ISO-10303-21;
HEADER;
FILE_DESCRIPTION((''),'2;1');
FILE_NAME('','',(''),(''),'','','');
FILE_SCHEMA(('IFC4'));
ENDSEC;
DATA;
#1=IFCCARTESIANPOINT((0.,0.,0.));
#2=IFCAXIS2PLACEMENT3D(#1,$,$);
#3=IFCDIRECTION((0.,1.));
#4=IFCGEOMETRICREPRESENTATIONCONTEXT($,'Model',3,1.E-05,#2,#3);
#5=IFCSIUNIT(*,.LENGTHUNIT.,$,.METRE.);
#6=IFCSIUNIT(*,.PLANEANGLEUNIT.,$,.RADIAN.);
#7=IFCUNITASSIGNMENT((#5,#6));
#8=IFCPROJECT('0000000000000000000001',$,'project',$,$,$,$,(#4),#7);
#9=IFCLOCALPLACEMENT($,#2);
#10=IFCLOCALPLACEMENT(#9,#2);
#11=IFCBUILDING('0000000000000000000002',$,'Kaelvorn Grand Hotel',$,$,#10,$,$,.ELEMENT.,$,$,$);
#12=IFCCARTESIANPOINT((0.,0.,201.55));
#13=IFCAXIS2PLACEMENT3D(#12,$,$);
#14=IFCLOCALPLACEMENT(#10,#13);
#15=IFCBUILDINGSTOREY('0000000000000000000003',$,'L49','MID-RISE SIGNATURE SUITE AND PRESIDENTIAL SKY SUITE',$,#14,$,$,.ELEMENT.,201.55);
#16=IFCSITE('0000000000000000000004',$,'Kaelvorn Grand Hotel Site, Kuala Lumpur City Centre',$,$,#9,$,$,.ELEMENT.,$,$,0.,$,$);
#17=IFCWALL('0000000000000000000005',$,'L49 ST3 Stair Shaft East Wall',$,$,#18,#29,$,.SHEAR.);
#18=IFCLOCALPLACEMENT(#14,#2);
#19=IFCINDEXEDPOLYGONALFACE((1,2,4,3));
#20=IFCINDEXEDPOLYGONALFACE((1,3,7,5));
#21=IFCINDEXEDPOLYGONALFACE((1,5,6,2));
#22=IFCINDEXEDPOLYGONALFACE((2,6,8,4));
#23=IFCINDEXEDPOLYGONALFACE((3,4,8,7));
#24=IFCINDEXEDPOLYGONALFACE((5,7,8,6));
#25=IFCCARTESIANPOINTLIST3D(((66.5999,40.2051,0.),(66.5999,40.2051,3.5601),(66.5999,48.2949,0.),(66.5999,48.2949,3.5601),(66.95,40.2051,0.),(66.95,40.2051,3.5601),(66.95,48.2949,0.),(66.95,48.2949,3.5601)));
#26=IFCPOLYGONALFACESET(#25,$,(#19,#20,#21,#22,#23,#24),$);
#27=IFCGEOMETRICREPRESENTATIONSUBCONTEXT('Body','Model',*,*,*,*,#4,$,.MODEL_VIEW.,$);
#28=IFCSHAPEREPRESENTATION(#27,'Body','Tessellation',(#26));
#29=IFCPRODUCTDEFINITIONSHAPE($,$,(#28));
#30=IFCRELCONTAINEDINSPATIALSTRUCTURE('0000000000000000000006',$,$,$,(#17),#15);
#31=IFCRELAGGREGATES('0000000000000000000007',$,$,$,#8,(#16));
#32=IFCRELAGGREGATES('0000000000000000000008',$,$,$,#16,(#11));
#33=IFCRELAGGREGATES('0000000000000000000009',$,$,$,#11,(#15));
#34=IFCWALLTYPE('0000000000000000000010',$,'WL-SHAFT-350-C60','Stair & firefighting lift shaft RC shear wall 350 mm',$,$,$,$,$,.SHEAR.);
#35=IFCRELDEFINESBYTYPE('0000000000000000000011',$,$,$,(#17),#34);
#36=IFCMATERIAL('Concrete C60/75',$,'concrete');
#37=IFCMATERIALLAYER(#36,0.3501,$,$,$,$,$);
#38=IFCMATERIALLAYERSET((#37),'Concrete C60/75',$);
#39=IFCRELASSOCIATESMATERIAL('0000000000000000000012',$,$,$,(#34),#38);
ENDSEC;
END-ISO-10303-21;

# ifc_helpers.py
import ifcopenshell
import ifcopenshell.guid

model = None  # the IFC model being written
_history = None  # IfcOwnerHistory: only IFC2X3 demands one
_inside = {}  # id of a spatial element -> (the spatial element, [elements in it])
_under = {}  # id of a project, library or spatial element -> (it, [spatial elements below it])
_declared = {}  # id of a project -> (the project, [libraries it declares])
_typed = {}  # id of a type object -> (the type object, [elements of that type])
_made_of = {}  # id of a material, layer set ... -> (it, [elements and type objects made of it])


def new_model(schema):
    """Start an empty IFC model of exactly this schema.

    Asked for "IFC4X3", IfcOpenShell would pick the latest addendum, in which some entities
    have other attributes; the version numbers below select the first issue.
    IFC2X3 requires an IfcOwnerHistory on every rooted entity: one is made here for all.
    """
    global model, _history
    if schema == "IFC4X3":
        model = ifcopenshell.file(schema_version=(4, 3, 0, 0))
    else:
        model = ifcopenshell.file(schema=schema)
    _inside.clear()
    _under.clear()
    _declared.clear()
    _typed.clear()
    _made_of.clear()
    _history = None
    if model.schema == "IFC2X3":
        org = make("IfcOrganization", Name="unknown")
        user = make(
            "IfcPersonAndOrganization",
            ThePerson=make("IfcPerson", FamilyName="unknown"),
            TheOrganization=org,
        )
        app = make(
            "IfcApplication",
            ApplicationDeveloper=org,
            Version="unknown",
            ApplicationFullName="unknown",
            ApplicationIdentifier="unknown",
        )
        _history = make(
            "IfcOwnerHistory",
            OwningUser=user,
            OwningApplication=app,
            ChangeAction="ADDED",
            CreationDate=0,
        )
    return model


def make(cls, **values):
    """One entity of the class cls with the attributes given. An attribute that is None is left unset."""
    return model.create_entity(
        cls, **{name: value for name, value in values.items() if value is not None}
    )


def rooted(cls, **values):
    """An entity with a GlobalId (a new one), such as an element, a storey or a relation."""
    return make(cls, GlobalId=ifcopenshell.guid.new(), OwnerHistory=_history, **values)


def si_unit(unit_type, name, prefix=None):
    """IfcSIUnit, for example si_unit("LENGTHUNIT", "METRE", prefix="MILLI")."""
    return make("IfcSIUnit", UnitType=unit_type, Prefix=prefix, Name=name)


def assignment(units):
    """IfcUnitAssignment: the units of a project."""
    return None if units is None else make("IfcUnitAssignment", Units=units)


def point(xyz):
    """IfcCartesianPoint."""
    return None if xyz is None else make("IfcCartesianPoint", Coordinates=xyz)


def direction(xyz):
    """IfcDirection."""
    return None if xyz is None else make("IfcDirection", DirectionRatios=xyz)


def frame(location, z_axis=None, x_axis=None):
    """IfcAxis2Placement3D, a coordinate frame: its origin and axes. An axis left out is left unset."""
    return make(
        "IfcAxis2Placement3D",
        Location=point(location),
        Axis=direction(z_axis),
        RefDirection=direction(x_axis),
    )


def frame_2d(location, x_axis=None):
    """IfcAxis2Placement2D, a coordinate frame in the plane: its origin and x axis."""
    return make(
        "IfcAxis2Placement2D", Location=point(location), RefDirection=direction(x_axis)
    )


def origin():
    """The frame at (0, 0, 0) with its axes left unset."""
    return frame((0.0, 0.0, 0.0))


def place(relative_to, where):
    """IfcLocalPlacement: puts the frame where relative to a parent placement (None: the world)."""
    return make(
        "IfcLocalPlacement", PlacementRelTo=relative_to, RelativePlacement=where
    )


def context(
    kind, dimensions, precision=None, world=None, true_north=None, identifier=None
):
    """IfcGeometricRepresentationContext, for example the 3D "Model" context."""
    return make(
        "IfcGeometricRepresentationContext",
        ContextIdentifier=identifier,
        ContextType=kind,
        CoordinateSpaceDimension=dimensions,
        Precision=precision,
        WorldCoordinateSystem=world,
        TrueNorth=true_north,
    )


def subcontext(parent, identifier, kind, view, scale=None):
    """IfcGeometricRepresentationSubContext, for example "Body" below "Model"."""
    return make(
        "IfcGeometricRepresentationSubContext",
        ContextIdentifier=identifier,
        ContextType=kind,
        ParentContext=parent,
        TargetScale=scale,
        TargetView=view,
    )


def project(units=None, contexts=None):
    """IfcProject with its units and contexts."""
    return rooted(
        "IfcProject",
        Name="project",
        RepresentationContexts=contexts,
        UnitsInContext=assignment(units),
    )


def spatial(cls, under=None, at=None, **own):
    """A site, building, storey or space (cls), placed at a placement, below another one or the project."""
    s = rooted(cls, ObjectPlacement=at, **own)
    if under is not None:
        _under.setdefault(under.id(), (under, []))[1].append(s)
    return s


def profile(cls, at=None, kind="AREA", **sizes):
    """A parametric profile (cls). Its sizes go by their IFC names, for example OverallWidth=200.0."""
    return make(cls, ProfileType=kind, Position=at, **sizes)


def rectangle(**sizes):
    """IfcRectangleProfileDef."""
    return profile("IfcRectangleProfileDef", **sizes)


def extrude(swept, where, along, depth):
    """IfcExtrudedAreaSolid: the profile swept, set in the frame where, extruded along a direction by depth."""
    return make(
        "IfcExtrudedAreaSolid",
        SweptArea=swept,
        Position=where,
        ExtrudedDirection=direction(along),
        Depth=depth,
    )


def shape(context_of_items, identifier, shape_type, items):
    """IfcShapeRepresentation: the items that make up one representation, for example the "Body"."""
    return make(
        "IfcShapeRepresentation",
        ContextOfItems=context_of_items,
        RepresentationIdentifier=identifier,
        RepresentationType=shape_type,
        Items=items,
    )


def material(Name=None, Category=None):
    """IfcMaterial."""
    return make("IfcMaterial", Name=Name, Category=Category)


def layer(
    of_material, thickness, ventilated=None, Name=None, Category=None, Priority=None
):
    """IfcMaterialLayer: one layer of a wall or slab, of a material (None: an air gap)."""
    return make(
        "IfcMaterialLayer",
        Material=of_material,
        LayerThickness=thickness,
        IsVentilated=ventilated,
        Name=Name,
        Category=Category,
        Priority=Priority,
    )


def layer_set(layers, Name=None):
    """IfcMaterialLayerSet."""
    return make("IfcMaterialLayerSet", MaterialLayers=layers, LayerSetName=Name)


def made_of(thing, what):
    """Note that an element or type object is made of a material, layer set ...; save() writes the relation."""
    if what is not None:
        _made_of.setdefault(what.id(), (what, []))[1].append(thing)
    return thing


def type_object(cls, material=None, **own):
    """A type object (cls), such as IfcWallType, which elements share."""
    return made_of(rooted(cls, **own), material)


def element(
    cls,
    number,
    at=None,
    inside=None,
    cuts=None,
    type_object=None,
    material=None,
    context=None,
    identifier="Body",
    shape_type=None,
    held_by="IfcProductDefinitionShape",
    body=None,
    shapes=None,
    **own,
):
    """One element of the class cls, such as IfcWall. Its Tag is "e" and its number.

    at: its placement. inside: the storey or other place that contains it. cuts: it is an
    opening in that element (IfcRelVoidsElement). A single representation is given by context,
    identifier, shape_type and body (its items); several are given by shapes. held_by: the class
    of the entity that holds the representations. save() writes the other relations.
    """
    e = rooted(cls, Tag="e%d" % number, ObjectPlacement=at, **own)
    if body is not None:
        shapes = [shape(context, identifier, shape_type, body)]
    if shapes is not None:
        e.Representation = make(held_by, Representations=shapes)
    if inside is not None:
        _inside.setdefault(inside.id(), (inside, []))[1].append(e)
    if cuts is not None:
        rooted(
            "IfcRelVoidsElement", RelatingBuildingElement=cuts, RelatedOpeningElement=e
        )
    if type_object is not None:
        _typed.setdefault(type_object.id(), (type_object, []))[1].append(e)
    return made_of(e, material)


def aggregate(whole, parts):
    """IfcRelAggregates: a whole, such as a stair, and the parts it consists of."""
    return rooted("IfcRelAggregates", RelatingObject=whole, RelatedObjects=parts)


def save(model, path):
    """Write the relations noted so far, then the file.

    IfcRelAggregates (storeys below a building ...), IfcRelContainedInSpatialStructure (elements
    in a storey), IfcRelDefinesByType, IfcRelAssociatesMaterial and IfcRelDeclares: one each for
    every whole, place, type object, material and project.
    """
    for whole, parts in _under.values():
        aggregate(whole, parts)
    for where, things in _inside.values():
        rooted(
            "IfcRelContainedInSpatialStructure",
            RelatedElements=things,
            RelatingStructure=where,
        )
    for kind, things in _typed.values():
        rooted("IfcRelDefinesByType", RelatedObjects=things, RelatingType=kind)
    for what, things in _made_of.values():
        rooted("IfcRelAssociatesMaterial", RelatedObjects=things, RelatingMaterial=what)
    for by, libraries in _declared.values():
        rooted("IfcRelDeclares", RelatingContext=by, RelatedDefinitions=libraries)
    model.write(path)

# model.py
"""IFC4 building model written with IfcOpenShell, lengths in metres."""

from ifc_helpers import new_model, si_unit, direction, frame, frame_2d, origin, place, context, subcontext, project, spatial, rectangle, extrude, material, layer, layer_set, type_object, element, save


model = new_model("IFC4")

# Units and contexts
model_context = context("Model", 3, precision=1e-05, world=origin(), true_north=direction((0.0, 1.0)))
body_context = subcontext(model_context, "Body", "Model", "MODEL_VIEW")
ifc_project = project(units=[si_unit("LENGTHUNIT", "METRE"), si_unit("PLANEANGLEUNIT", "RADIAN")], contexts=[model_context])

# Site, building, storey
site_placement = place(None, origin())
site = spatial("IfcSite", under=ifc_project, at=site_placement, Name="Kaelvorn Grand Hotel Site, Kuala Lumpur City Centre", CompositionType="ELEMENT", RefElevation=0.0)
building_placement = place(site_placement, origin())
building = spatial("IfcBuilding", under=site, at=building_placement, Name="Kaelvorn Grand Hotel", CompositionType="ELEMENT")
storey_placement = place(building_placement, frame((0.0, 0.0, 201.55)))
storey = spatial("IfcBuildingStorey", under=building, at=storey_placement, Name="L49", Description="MID-RISE SIGNATURE SUITE AND PRESIDENTIAL SKY SUITE", CompositionType="ELEMENT", Elevation=201.55)

# Shared definitions
ifc_material_1 = material(Name="Concrete C60/75", Category="concrete")

# Wall
ifc_layer_1 = layer(ifc_material_1, 0.3501)
ifc_layer_set_1 = layer_set([ifc_layer_1], Name="Concrete C60/75")
wall_type_1 = type_object("IfcWallType", Name="WL-SHAFT-350-C60", Description="Stair & firefighting lift shaft RC shear wall 350 mm", PredefinedType="SHEAR", material=ifc_layer_set_1)
wall_1_placement = place(storey_placement, frame((66.7749, 40.2051, 0.0), z_axis=(0.0, 0.0, 1.0), x_axis=(0.0, 1.0, 0.0)))
element("IfcWall", 1, at=wall_1_placement, inside=storey, type_object=wall_type_1, Name="L49 ST3 Stair Shaft East Wall", PredefinedType="SHEAR", context=body_context, shape_type="SweptSolid", body=[
    extrude(rectangle(XDim=8.0898, YDim=0.3501, at=frame_2d((4.0449, 0.0))), origin(), (0.0, 0.0, 1.0), 3.5601),
])

save(model, "model.ifc")
